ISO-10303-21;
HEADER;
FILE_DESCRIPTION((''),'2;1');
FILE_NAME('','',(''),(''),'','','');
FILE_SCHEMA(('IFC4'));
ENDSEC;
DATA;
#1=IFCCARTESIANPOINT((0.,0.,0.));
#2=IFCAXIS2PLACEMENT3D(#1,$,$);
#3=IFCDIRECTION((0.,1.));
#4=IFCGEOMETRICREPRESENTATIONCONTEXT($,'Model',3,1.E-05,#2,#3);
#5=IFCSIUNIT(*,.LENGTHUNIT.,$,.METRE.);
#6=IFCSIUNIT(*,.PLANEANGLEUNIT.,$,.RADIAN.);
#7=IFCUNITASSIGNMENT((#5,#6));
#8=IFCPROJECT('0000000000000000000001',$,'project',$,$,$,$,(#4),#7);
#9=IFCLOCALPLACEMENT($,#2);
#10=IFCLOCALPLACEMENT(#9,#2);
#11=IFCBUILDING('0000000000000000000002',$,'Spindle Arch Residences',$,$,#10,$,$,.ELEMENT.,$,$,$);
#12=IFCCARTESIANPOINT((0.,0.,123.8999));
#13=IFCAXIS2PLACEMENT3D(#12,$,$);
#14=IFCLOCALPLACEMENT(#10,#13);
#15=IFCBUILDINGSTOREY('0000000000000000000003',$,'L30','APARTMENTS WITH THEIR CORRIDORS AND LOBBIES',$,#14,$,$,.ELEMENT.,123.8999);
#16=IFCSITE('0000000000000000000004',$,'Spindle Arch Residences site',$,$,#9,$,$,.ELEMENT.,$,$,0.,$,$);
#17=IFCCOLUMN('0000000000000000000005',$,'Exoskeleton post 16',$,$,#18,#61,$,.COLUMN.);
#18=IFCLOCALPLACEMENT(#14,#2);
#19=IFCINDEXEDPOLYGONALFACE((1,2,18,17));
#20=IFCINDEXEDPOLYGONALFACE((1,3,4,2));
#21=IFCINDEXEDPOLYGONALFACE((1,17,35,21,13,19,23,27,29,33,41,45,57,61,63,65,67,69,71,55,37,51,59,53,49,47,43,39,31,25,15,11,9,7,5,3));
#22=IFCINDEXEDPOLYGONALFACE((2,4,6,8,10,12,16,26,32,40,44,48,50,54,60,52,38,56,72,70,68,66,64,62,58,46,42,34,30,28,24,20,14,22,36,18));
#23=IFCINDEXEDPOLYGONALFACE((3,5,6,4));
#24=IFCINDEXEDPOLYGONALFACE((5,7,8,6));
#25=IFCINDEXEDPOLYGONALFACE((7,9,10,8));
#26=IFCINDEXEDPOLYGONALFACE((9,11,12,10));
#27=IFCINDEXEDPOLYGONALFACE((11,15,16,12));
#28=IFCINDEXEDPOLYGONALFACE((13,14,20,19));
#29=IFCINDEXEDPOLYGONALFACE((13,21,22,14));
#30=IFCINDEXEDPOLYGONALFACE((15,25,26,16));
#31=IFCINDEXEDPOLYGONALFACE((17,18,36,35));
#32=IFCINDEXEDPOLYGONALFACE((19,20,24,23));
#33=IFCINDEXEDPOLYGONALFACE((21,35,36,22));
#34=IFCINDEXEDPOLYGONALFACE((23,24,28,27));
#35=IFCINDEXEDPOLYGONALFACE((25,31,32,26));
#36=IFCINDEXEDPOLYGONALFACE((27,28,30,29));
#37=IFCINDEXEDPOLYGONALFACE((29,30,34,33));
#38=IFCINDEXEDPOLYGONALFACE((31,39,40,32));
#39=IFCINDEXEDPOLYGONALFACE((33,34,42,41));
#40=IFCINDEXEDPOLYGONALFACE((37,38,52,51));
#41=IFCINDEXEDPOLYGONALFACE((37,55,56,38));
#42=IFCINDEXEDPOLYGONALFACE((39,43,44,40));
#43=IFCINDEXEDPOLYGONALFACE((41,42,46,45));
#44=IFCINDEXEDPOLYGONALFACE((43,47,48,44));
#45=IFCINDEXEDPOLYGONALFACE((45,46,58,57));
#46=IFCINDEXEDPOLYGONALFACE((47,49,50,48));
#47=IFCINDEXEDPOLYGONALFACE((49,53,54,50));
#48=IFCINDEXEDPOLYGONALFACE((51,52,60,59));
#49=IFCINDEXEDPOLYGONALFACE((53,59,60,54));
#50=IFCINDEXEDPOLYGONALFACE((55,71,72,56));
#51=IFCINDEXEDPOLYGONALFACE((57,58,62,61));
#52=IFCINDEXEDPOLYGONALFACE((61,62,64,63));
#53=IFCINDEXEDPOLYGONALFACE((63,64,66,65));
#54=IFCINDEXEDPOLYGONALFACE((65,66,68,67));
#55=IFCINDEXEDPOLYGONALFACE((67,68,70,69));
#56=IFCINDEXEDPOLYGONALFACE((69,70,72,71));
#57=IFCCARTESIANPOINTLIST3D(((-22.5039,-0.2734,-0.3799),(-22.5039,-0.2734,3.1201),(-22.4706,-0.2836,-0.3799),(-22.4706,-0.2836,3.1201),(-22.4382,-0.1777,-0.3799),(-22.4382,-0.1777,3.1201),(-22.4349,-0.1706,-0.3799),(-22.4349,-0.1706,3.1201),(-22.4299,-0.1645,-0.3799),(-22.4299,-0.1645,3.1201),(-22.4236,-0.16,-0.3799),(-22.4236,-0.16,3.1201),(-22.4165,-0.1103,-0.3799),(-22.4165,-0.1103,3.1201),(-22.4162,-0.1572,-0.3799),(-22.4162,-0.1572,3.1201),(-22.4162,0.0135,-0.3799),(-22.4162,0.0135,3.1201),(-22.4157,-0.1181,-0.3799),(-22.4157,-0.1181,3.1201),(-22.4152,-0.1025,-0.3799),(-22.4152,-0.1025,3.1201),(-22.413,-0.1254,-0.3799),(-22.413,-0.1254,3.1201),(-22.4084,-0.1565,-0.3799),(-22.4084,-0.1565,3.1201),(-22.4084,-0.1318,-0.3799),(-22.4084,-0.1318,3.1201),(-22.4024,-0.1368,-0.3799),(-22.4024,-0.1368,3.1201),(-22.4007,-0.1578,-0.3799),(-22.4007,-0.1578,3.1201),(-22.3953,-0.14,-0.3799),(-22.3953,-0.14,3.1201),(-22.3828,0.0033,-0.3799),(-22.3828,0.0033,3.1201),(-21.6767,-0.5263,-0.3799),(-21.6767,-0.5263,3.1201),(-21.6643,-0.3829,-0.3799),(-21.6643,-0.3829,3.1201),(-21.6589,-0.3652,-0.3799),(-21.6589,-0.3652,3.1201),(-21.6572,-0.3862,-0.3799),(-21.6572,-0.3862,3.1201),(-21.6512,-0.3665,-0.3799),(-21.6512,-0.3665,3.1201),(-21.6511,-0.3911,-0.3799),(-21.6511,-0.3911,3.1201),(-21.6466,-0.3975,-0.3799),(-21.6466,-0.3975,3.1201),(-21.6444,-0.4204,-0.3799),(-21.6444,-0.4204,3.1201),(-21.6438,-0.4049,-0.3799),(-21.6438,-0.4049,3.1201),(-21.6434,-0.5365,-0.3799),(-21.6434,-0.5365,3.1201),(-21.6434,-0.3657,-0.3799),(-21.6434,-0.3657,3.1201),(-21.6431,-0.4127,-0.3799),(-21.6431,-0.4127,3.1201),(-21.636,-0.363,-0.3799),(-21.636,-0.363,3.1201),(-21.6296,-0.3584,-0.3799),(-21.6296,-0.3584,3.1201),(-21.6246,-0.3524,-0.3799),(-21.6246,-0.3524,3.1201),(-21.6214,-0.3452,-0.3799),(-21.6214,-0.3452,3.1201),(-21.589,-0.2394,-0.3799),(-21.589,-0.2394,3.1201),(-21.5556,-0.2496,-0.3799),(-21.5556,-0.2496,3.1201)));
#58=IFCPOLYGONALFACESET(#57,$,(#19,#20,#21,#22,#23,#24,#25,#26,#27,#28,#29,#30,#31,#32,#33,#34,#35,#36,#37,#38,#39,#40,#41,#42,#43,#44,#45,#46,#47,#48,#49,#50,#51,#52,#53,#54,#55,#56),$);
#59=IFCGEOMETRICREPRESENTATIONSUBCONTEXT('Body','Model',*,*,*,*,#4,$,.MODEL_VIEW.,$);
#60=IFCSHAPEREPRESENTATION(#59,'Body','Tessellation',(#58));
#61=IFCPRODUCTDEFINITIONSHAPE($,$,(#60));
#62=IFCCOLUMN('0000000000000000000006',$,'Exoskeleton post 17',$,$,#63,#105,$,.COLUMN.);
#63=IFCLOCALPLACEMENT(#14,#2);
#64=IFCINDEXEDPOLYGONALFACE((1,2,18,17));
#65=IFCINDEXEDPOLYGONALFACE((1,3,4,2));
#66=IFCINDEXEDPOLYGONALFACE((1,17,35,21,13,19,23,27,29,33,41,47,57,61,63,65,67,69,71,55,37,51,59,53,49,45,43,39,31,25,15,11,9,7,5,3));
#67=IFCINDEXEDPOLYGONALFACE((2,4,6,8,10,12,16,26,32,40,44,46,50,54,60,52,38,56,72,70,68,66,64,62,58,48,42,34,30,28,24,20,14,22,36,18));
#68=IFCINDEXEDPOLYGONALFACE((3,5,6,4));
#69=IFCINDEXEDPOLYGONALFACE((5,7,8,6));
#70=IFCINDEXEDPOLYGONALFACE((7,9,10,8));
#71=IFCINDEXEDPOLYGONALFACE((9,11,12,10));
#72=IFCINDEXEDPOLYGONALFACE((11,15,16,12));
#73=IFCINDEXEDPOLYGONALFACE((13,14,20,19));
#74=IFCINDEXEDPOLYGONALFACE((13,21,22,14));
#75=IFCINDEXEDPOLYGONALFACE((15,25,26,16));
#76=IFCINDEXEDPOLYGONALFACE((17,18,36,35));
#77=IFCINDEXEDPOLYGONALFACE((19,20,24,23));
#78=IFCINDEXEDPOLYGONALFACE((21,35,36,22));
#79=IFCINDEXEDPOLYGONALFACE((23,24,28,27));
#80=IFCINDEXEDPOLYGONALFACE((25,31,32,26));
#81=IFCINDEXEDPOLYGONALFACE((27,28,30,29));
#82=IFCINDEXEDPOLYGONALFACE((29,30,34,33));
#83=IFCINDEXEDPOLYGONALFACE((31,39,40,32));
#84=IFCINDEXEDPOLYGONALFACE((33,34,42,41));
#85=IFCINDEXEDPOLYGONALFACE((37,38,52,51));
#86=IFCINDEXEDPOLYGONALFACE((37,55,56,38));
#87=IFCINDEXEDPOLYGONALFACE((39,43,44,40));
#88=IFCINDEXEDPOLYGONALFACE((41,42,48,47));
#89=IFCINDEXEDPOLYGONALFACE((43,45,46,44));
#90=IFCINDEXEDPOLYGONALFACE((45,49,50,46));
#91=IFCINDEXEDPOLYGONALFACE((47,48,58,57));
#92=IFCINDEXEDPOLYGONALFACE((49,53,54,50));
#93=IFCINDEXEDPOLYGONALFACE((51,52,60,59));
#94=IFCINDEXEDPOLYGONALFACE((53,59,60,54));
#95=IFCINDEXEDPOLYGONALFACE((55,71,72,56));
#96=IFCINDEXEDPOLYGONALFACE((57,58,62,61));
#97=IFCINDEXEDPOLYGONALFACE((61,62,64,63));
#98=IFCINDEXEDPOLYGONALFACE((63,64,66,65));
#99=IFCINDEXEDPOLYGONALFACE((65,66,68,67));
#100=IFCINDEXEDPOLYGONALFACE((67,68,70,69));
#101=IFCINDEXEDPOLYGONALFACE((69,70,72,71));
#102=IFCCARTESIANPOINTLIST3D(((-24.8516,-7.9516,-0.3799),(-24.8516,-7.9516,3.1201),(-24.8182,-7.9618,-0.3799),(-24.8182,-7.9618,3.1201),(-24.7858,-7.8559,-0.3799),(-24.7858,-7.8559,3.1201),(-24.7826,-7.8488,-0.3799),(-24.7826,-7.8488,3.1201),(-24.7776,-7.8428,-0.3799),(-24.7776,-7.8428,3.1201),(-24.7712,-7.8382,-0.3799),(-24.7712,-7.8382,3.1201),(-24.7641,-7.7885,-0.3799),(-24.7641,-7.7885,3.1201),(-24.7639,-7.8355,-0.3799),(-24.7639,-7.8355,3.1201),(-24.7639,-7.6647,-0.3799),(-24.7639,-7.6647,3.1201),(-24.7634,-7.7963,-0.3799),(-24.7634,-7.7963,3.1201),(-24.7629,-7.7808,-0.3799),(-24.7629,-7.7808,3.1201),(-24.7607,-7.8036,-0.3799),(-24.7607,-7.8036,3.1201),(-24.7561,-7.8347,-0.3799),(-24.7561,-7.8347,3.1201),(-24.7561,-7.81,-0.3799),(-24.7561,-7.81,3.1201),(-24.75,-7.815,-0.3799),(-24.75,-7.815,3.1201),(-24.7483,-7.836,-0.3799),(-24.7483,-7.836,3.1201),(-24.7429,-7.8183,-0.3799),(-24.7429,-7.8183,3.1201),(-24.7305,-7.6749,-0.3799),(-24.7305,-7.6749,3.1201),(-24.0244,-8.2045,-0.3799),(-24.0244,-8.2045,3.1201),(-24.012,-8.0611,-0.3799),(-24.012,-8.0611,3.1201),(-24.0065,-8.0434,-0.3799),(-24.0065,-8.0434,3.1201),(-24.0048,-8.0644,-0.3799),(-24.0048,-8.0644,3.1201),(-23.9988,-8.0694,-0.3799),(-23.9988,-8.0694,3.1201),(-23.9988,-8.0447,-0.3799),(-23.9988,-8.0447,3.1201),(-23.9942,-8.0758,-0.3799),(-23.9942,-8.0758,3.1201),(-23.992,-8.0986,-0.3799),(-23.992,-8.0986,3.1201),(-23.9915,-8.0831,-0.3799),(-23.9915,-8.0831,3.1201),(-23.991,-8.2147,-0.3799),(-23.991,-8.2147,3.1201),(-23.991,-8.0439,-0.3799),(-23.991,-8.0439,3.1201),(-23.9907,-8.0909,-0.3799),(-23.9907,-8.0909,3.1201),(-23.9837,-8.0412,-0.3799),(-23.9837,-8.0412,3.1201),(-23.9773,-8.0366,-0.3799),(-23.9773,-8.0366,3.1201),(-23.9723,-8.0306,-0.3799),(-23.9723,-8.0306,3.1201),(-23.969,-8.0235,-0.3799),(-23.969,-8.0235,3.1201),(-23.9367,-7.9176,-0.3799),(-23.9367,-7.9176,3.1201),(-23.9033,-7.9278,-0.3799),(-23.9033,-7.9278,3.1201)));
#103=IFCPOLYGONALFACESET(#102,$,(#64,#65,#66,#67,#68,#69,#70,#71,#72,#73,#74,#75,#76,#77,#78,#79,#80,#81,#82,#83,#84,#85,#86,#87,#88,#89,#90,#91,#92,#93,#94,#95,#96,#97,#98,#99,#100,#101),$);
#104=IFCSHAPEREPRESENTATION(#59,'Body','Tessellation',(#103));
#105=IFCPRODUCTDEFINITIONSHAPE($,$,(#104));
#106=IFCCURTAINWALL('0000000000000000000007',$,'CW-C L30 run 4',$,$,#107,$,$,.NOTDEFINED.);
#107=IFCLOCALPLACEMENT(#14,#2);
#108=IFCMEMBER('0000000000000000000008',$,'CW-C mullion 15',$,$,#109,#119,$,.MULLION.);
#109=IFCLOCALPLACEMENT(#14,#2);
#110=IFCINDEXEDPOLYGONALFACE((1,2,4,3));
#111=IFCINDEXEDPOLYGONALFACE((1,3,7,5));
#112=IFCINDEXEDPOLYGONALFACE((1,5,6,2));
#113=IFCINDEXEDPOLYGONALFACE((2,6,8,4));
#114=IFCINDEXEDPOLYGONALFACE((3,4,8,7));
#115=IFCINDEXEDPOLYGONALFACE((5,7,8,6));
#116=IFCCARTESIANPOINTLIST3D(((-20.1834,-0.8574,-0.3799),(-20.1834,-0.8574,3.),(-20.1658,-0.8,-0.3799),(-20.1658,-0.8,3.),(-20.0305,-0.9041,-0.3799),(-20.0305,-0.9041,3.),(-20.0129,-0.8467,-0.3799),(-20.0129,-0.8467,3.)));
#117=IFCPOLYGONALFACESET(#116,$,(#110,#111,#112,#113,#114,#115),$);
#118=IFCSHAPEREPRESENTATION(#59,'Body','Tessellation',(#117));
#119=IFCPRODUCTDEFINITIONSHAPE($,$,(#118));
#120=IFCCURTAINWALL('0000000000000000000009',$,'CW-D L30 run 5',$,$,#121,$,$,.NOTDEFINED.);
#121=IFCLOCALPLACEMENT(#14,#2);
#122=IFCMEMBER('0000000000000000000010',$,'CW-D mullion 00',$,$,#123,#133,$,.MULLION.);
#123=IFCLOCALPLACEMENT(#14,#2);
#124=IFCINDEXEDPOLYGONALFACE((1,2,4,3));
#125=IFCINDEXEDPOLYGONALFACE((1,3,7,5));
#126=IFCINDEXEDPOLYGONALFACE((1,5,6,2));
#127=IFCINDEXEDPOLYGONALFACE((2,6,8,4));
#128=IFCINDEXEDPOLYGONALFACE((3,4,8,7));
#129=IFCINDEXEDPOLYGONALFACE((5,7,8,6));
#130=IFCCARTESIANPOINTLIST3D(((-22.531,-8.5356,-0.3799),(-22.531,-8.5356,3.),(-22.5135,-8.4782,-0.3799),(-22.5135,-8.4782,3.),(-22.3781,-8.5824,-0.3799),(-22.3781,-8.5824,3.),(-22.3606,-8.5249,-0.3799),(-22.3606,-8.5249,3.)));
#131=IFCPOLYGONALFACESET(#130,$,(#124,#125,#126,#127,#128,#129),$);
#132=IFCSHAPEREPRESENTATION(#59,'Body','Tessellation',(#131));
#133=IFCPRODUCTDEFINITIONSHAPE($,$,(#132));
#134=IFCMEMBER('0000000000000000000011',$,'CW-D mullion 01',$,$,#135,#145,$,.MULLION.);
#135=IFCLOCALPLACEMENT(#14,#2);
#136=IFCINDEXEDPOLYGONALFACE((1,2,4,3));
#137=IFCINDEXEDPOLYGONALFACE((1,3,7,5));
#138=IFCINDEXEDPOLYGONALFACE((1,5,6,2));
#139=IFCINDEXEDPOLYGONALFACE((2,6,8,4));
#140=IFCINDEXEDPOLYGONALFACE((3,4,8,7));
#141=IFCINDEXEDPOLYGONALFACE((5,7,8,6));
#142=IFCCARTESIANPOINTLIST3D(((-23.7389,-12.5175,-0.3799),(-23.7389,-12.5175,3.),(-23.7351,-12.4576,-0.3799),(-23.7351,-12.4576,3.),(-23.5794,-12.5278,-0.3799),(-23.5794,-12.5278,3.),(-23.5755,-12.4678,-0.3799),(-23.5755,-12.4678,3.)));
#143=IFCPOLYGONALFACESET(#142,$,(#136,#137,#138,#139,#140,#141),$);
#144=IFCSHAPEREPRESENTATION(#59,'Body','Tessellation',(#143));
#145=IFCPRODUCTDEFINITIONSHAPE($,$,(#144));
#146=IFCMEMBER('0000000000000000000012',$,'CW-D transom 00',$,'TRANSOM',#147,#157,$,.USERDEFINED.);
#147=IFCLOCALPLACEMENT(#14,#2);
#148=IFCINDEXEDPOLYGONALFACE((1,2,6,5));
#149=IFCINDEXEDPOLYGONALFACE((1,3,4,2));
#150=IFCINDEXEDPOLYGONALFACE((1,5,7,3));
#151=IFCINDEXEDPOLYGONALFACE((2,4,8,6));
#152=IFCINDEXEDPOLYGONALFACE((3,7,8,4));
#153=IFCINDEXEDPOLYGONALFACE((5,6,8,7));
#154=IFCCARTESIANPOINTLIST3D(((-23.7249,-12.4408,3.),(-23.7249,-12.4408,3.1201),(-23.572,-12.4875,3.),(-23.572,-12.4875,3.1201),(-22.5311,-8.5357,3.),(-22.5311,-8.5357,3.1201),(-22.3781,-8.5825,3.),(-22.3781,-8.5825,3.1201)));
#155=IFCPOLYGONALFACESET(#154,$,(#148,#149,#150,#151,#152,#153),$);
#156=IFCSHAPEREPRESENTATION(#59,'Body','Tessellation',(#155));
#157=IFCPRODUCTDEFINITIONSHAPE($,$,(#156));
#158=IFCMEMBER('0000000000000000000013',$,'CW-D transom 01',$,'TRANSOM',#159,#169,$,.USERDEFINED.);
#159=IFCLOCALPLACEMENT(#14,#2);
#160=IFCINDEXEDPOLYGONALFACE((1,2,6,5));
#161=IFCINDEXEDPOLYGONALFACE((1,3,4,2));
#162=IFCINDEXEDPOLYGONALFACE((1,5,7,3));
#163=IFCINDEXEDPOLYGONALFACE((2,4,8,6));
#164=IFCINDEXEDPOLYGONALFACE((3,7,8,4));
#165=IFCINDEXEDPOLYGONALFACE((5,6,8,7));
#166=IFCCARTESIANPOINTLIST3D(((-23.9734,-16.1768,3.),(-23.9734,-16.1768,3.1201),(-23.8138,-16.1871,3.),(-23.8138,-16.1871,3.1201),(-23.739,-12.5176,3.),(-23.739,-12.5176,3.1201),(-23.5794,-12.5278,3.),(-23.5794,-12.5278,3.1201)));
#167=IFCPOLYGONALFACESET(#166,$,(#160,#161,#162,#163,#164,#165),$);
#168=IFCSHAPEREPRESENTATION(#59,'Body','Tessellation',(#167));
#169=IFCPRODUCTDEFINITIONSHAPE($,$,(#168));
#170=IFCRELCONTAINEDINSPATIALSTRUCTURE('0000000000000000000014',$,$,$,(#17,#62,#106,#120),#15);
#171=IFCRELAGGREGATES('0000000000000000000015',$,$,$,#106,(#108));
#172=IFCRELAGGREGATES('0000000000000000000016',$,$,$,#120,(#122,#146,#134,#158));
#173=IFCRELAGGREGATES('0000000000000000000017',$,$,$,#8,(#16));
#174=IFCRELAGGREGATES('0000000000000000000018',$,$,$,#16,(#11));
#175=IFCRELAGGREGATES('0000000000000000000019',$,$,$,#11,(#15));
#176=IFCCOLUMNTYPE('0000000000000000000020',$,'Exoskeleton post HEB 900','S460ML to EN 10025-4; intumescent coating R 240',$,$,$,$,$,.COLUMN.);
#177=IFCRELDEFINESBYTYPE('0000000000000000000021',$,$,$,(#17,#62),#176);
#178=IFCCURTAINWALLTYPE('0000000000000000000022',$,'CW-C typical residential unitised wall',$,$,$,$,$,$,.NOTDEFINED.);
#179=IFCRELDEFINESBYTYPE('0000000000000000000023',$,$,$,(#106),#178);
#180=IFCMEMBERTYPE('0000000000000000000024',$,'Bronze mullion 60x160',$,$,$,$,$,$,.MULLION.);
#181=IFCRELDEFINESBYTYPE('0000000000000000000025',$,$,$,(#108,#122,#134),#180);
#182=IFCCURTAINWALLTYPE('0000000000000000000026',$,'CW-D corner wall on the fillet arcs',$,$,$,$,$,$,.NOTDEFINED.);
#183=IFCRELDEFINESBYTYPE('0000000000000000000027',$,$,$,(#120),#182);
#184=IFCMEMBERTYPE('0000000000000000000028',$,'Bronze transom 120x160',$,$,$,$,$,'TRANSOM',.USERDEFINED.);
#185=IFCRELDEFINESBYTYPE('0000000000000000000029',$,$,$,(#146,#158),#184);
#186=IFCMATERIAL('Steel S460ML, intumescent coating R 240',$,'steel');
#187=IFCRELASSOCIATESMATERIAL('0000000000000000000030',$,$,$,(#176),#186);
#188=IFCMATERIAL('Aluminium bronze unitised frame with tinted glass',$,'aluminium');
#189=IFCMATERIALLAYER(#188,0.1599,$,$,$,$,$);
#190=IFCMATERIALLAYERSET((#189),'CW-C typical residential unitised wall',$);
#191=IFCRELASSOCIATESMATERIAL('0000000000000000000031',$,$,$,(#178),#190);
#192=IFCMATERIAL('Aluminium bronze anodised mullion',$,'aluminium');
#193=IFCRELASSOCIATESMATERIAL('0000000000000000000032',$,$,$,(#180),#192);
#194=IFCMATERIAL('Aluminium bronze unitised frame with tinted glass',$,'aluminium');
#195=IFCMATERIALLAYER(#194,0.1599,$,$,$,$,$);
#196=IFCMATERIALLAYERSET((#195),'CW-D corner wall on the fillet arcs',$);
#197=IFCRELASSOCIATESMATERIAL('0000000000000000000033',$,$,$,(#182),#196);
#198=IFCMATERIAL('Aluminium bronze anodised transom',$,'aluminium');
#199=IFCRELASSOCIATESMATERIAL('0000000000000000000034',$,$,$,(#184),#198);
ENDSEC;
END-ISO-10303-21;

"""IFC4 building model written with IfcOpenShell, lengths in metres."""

from ifc_helpers import new_model, si_unit, direction, frame, origin, origin_2d, place, context, subcontext, project, spatial, rectangle, i_section, extrude, material, layer, layer_set, material_profile, profile_set, type_object, element, aggregate, save


model = new_model("IFC4")

# Units and contexts
model_context = context("Model", 3, precision=1e-05, world=origin(), true_north=direction((0.0, 1.0)))
body_context = subcontext(model_context, "Body", "Model", "MODEL_VIEW")
ifc_project = project(units=[si_unit("LENGTHUNIT", "METRE"), si_unit("PLANEANGLEUNIT", "RADIAN")], contexts=[model_context])

# Site, building, storey
site_placement = place(None, origin())
site = spatial("IfcSite", under=ifc_project, at=site_placement, Name="Spindle Arch Residences site", CompositionType="ELEMENT", RefElevation=0.0)
building_placement = place(site_placement, origin())
building = spatial("IfcBuilding", under=site, at=building_placement, Name="Spindle Arch Residences", CompositionType="ELEMENT")
storey_placement = place(building_placement, frame((0.0, 0.0, 123.8999)))
storey = spatial("IfcBuildingStorey", under=building, at=storey_placement, Name="L30", Description="APARTMENTS WITH THEIR CORRIDORS AND LOBBIES", CompositionType="ELEMENT", Elevation=123.8999)

# Columns
ifc_material_1 = material(Name="Steel S460ML, intumescent coating R 240", Category="steel")
ifc_material_profile_1 = material_profile(ifc_material_1, i_section(OverallWidth=0.3, OverallDepth=0.8999, WebThickness=0.0186, FlangeThickness=0.0349, FilletRadius=0.03, at=origin_2d()), Name="HEB 900")
ifc_profile_set_1 = profile_set([ifc_material_profile_1], Name="Steel S460ML, intumescent coating R 240")
column_type = type_object("IfcColumnType", Name="Exoskeleton post HEB 900", Description="S460ML to EN 10025-4; intumescent coating R 240", PredefinedType="COLUMN", material=ifc_profile_set_1)
for number, where, z_axis, x_axis, name in (
    (1, (-22.0298, -0.2615, -0.3799), (0.0, 0.0, 1.0), (0.292372, 0.956305, 0.0), "Exoskeleton post 16"),
    (2, (-24.3774, -7.9397, -0.3799), (0.0, 0.0, 1.0), (0.292372, 0.956305, 0.0), "Exoskeleton post 17"),
):
    element("IfcColumn", number, at=place(storey_placement, frame(where, z_axis=z_axis, x_axis=x_axis)), inside=storey, type_object=column_type, Name=name, PredefinedType="COLUMN", context=body_context, shape_type="SweptSolid", body=[
        extrude(i_section(OverallWidth=0.3, OverallDepth=0.8999, WebThickness=0.0186, FlangeThickness=0.0349, FilletRadius=0.03, at=origin_2d()), origin(), (0.0, 0.0, 1.0), 3.5),
    ])

# Curtain wall, member
ifc_material_2 = material(Name="Aluminium bronze unitised frame with tinted glass", Category="aluminium")
ifc_layer_1 = layer(ifc_material_2, 0.1599)
ifc_layer_set_1 = layer_set([ifc_layer_1], Name="CW-C typical residential unitised wall")
curtain_wall_type_1 = type_object("IfcCurtainWallType", Name="CW-C typical residential unitised wall", PredefinedType="NOTDEFINED", material=ifc_layer_set_1)
curtain_wall_1_placement = place(storey_placement, origin())
curtain_wall_1 = element("IfcCurtainWall", 3, at=curtain_wall_1_placement, inside=storey, type_object=curtain_wall_type_1, Name="CW-C L30 run 4", PredefinedType="NOTDEFINED")
ifc_material_3 = material(Name="Aluminium bronze anodised mullion", Category="aluminium")
ifc_material_profile_2 = material_profile(ifc_material_3, rectangle(XDim=0.1599, YDim=0.0601, at=origin_2d()), Name="MU 60x160")
ifc_profile_set_2 = profile_set([ifc_material_profile_2], Name="Aluminium bronze anodised mullion")
member_type_1 = type_object("IfcMemberType", Name="Bronze mullion 60x160", PredefinedType="MULLION", material=ifc_profile_set_2)
member_1_placement = place(storey_placement, frame((-20.0981, -0.8521, -0.3799), z_axis=(0.0, 0.0, 1.0), x_axis=(0.956305, -0.292372, 0.0)))
member_1 = element("IfcMember", 4, at=member_1_placement, type_object=member_type_1, Name="CW-C mullion 15", PredefinedType="MULLION", context=body_context, shape_type="SweptSolid", body=[
    extrude(rectangle(XDim=0.1599, YDim=0.0601, at=origin_2d()), origin(), (0.0, 0.0, 1.0), 3.3799),
])

# Curtain wall, members
ifc_material_4 = material(Name="Aluminium bronze unitised frame with tinted glass", Category="aluminium")
ifc_layer_2 = layer(ifc_material_4, 0.1599)
ifc_layer_set_2 = layer_set([ifc_layer_2], Name="CW-D corner wall on the fillet arcs")
curtain_wall_type_2 = type_object("IfcCurtainWallType", Name="CW-D corner wall on the fillet arcs", PredefinedType="NOTDEFINED", material=ifc_layer_set_2)
curtain_wall_2_placement = place(storey_placement, origin())
curtain_wall_2 = element("IfcCurtainWall", 5, at=curtain_wall_2_placement, inside=storey, type_object=curtain_wall_type_2, Name="CW-D L30 run 5", PredefinedType="NOTDEFINED")
member_2_placement = place(storey_placement, frame((-22.4458, -8.5303, -0.3799), z_axis=(0.0, 0.0, 1.0), x_axis=(0.956305, -0.292372, 0.0)))
member_2 = element("IfcMember", 6, at=member_2_placement, type_object=member_type_1, Name="CW-D mullion 00", PredefinedType="MULLION", context=body_context, shape_type="SweptSolid", body=[
    extrude(rectangle(XDim=0.1599, YDim=0.0601, at=origin_2d()), origin(), (0.0, 0.0, 1.0), 3.3799),
])
member_3_placement = place(storey_placement, frame((-23.6572, -12.4927, -0.3799), z_axis=(0.0, 0.0, 1.0), x_axis=(0.997953, -0.063952, 0.0)))
member_3 = element("IfcMember", 7, at=member_3_placement, type_object=member_type_1, Name="CW-D mullion 01", PredefinedType="MULLION", context=body_context, shape_type="SweptSolid", body=[
    extrude(rectangle(XDim=0.1599, YDim=0.0601, at=origin_2d()), origin(), (0.0, 0.0, 1.0), 3.3799),
])
ifc_material_5 = material(Name="Aluminium bronze anodised transom", Category="aluminium")
ifc_material_profile_3 = material_profile(ifc_material_5, rectangle(XDim=0.1599, YDim=0.1201, at=origin_2d()), Name="TR 120x160")
ifc_profile_set_3 = profile_set([ifc_material_profile_3], Name="Aluminium bronze anodised transom")
member_type_2 = type_object("IfcMemberType", Name="Bronze transom 120x160", ElementType="TRANSOM", PredefinedType="USERDEFINED", material=ifc_profile_set_3)
member_4_placement = place(storey_placement, frame((-22.4546, -8.5591, 3.0601), z_axis=(-0.292363, -0.956307, 0.0), x_axis=(0.956307, -0.292363, 0.0)))
member_4 = element("IfcMember", 8, at=member_4_placement, type_object=member_type_2, Name="CW-D transom 00", ObjectType="TRANSOM", PredefinedType="USERDEFINED", context=body_context, shape_type="SweptSolid", body=[
    extrude(rectangle(XDim=0.1599, YDim=0.1201, at=origin_2d()), origin(), (0.0, 0.0, 1.0), 4.0835),
])
member_5_placement = place(storey_placement, frame((-23.6592, -12.5227, 3.0601), z_axis=(-0.06392, -0.997955, 0.0), x_axis=(0.997955, -0.06392, 0.0)))
member_5 = element("IfcMember", 9, at=member_5_placement, type_object=member_type_2, Name="CW-D transom 01", ObjectType="TRANSOM", PredefinedType="USERDEFINED", context=body_context, shape_type="SweptSolid", body=[
    extrude(rectangle(XDim=0.1599, YDim=0.1201, at=origin_2d()), origin(), (0.0, 0.0, 1.0), 3.6667),
])

aggregate(curtain_wall_1, [member_1])
aggregate(curtain_wall_2, [member_2, member_4, member_3, member_5])

save(model, "model.ifc")
